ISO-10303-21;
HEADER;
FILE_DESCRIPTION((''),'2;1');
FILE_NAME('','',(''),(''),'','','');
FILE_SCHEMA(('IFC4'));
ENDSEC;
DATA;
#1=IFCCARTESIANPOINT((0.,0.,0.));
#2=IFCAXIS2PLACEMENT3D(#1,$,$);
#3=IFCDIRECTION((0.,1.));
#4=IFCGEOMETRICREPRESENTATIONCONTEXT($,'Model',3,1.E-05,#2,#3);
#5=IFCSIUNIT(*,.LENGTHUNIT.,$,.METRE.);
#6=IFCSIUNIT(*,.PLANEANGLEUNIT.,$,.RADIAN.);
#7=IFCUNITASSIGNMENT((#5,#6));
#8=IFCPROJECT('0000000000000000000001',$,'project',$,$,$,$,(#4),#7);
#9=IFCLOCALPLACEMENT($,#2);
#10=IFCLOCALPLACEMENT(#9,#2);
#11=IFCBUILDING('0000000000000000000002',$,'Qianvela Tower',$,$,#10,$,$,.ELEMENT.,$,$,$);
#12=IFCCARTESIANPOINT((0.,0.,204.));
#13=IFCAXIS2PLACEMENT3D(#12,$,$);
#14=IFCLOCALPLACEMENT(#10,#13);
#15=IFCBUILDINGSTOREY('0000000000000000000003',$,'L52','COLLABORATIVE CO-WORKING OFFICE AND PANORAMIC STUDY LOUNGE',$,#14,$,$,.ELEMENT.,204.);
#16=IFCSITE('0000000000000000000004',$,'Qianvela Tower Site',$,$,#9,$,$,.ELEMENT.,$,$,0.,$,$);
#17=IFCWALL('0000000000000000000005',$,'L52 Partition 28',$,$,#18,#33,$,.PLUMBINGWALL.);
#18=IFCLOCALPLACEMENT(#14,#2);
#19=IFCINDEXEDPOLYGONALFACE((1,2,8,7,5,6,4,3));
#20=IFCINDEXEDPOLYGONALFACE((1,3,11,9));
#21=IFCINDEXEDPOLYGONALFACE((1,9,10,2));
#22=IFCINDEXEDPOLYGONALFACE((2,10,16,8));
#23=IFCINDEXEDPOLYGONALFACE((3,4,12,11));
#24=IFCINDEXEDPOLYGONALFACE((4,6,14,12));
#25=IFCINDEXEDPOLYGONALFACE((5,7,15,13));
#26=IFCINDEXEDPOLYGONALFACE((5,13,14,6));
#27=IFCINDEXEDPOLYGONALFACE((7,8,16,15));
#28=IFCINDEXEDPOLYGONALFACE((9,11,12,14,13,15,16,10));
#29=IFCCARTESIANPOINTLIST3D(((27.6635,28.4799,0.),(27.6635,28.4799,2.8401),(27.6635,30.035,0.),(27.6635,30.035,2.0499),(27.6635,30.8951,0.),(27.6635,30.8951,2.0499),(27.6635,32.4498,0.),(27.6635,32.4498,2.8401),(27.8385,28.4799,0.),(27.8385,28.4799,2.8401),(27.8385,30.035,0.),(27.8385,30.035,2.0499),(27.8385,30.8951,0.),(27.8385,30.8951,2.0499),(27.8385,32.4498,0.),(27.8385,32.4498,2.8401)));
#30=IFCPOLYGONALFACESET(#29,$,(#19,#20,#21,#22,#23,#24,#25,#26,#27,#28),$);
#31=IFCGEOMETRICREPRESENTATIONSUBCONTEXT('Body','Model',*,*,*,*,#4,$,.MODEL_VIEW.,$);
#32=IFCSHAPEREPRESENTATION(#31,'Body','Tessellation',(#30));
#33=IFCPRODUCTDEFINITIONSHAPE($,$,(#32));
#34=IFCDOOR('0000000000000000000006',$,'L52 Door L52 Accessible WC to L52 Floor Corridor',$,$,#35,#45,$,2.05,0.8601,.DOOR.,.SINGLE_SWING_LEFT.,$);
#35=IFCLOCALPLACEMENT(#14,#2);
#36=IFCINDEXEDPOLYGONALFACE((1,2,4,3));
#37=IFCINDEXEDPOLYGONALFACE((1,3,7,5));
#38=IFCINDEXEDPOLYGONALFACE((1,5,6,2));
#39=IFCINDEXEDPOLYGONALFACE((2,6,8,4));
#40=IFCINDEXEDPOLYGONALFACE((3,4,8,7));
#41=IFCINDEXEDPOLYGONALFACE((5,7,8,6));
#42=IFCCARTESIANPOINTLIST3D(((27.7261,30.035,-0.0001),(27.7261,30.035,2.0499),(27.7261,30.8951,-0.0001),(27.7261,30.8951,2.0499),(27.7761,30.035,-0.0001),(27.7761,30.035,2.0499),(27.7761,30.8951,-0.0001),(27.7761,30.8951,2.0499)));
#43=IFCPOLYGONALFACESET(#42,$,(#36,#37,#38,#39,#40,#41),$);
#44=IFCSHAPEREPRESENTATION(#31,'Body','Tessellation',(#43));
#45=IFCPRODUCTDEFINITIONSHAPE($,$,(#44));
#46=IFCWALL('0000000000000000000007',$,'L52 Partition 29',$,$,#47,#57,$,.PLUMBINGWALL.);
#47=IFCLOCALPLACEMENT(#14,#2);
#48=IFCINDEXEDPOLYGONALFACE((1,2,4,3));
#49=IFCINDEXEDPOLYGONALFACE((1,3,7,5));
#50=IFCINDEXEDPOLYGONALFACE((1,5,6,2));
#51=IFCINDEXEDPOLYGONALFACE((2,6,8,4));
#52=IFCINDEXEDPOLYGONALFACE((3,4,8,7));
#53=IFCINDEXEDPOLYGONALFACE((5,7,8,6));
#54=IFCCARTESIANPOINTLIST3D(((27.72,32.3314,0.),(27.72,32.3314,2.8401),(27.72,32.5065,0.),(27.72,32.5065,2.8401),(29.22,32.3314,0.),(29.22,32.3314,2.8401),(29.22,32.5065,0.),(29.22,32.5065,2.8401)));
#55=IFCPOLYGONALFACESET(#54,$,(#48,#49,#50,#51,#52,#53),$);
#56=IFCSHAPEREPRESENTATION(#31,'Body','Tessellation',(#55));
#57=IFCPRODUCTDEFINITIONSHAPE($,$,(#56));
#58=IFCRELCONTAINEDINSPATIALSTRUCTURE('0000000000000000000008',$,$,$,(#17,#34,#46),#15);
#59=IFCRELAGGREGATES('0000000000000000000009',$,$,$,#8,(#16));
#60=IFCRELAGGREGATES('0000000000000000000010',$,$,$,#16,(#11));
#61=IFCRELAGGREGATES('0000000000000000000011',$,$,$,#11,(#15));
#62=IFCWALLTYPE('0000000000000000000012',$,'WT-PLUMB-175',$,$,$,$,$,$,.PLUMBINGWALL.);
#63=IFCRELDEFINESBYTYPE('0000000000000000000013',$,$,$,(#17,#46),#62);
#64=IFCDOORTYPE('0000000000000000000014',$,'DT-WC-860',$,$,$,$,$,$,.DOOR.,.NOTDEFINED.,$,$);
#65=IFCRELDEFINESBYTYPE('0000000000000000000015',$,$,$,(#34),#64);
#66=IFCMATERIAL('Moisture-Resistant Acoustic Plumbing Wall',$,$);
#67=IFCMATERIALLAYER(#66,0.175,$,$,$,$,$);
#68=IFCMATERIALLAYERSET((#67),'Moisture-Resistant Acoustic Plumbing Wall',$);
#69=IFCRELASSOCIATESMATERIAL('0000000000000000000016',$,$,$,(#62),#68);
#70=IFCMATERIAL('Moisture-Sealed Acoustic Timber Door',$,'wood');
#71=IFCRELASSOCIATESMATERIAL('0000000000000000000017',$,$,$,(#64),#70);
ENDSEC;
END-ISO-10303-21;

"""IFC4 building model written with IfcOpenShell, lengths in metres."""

from ifc_helpers import new_model, si_unit, direction, frame, frame_2d, origin, place, context, subcontext, project, spatial, rectangle, extrude, material, layer, layer_set, type_object, element, fill, save


model = new_model("IFC4")

# Units and contexts
model_context = context("Model", 3, precision=1e-05, world=origin(), true_north=direction((0.0, 1.0)))
body_context = subcontext(model_context, "Body", "Model", "MODEL_VIEW")
ifc_project = project(units=[si_unit("LENGTHUNIT", "METRE"), si_unit("PLANEANGLEUNIT", "RADIAN")], contexts=[model_context])

# Site, building, storey
site_placement = place(None, origin())
site = spatial("IfcSite", under=ifc_project, at=site_placement, Name="Qianvela Tower Site", CompositionType="ELEMENT", RefElevation=0.0)
building_placement = place(site_placement, origin())
building = spatial("IfcBuilding", under=site, at=building_placement, Name="Qianvela Tower", CompositionType="ELEMENT")
storey_placement = place(building_placement, frame((0.0, 0.0, 204.0)))
storey = spatial("IfcBuildingStorey", under=building, at=storey_placement, Name="L52", Description="COLLABORATIVE CO-WORKING OFFICE AND PANORAMIC STUDY LOUNGE", CompositionType="ELEMENT", Elevation=204.0)

# Shared definitions
ifc_material_1 = material(Name="Moisture-Resistant Acoustic Plumbing Wall")
ifc_layer_1 = layer(ifc_material_1, 0.175)
ifc_layer_set_1 = layer_set([ifc_layer_1], Name="Moisture-Resistant Acoustic Plumbing Wall")
wall_type_1 = type_object("IfcWallType", Name="WT-PLUMB-175", PredefinedType="PLUMBINGWALL", material=ifc_layer_set_1)

# Wall, opening, door
wall_1_placement = place(storey_placement, frame((27.751, 28.48, 0.0), z_axis=(0.0, 0.0, 1.0), x_axis=(0.0, 1.0, 0.0)))
wall_1 = element("IfcWall", 1, at=wall_1_placement, inside=storey, type_object=wall_type_1, Name="L52 Partition 28", PredefinedType="PLUMBINGWALL", context=body_context, shape_type="SweptSolid", body=[
    extrude(rectangle(XDim=3.97, YDim=0.175, at=frame_2d((1.9849, 0.0))), origin(), (0.0, 0.0, 1.0), 2.8401),
])
opening_1_placement = place(wall_1_placement, frame((1.5549, 0.0, 0.0)))
opening_1 = element("IfcOpeningElement", 2, at=opening_1_placement, cuts=wall_1, PredefinedType="OPENING", context=body_context, shape_type="SweptSolid", body=[
    extrude(rectangle(XDim=0.8601, YDim=2.05, at=frame_2d((0.4302, 1.0249))), frame((0.0, 0.0974, 0.0), z_axis=(0.0, -1.0, 0.0), x_axis=(1.0, 0.0, 0.0)), (0.0, 0.0, 1.0), 0.1951),
])
ifc_material_2 = material(Name="Moisture-Sealed Acoustic Timber Door", Category="wood")
door_type_1 = type_object("IfcDoorType", Name="DT-WC-860", OperationType="NOTDEFINED", PredefinedType="DOOR", material=ifc_material_2)
door_1_placement = place(opening_1_placement, origin())
door_1 = element("IfcDoor", 3, at=door_1_placement, inside=storey, type_object=door_type_1, Name="L52 Door L52 Accessible WC to L52 Floor Corridor", OperationType="SINGLE_SWING_LEFT", OverallHeight=2.05, OverallWidth=0.8601, PredefinedType="DOOR", context=body_context, shape_type="SweptSolid", body=[
    extrude(rectangle(XDim=0.8601, YDim=2.05, at=frame_2d((0.4302, 1.0249))), frame((0.0, 0.0249, 0.0), z_axis=(0.0, -1.0, 0.0), x_axis=(1.0, 0.0, 0.0)), (0.0, 0.0, 1.0), 0.05),
])
fill(opening_1, door_1)

# Wall
wall_2_placement = place(storey_placement, frame((27.72, 32.4189, 0.0), z_axis=(0.0, 0.0, 1.0), x_axis=(1.0, 0.0, 0.0)))
element("IfcWall", 4, at=wall_2_placement, inside=storey, type_object=wall_type_1, Name="L52 Partition 29", PredefinedType="PLUMBINGWALL", context=body_context, shape_type="SweptSolid", body=[
    extrude(rectangle(XDim=1.5, YDim=0.175, at=frame_2d((0.75, 0.0))), origin(), (0.0, 0.0, 1.0), 2.8401),
])

save(model, "model.ifc")
